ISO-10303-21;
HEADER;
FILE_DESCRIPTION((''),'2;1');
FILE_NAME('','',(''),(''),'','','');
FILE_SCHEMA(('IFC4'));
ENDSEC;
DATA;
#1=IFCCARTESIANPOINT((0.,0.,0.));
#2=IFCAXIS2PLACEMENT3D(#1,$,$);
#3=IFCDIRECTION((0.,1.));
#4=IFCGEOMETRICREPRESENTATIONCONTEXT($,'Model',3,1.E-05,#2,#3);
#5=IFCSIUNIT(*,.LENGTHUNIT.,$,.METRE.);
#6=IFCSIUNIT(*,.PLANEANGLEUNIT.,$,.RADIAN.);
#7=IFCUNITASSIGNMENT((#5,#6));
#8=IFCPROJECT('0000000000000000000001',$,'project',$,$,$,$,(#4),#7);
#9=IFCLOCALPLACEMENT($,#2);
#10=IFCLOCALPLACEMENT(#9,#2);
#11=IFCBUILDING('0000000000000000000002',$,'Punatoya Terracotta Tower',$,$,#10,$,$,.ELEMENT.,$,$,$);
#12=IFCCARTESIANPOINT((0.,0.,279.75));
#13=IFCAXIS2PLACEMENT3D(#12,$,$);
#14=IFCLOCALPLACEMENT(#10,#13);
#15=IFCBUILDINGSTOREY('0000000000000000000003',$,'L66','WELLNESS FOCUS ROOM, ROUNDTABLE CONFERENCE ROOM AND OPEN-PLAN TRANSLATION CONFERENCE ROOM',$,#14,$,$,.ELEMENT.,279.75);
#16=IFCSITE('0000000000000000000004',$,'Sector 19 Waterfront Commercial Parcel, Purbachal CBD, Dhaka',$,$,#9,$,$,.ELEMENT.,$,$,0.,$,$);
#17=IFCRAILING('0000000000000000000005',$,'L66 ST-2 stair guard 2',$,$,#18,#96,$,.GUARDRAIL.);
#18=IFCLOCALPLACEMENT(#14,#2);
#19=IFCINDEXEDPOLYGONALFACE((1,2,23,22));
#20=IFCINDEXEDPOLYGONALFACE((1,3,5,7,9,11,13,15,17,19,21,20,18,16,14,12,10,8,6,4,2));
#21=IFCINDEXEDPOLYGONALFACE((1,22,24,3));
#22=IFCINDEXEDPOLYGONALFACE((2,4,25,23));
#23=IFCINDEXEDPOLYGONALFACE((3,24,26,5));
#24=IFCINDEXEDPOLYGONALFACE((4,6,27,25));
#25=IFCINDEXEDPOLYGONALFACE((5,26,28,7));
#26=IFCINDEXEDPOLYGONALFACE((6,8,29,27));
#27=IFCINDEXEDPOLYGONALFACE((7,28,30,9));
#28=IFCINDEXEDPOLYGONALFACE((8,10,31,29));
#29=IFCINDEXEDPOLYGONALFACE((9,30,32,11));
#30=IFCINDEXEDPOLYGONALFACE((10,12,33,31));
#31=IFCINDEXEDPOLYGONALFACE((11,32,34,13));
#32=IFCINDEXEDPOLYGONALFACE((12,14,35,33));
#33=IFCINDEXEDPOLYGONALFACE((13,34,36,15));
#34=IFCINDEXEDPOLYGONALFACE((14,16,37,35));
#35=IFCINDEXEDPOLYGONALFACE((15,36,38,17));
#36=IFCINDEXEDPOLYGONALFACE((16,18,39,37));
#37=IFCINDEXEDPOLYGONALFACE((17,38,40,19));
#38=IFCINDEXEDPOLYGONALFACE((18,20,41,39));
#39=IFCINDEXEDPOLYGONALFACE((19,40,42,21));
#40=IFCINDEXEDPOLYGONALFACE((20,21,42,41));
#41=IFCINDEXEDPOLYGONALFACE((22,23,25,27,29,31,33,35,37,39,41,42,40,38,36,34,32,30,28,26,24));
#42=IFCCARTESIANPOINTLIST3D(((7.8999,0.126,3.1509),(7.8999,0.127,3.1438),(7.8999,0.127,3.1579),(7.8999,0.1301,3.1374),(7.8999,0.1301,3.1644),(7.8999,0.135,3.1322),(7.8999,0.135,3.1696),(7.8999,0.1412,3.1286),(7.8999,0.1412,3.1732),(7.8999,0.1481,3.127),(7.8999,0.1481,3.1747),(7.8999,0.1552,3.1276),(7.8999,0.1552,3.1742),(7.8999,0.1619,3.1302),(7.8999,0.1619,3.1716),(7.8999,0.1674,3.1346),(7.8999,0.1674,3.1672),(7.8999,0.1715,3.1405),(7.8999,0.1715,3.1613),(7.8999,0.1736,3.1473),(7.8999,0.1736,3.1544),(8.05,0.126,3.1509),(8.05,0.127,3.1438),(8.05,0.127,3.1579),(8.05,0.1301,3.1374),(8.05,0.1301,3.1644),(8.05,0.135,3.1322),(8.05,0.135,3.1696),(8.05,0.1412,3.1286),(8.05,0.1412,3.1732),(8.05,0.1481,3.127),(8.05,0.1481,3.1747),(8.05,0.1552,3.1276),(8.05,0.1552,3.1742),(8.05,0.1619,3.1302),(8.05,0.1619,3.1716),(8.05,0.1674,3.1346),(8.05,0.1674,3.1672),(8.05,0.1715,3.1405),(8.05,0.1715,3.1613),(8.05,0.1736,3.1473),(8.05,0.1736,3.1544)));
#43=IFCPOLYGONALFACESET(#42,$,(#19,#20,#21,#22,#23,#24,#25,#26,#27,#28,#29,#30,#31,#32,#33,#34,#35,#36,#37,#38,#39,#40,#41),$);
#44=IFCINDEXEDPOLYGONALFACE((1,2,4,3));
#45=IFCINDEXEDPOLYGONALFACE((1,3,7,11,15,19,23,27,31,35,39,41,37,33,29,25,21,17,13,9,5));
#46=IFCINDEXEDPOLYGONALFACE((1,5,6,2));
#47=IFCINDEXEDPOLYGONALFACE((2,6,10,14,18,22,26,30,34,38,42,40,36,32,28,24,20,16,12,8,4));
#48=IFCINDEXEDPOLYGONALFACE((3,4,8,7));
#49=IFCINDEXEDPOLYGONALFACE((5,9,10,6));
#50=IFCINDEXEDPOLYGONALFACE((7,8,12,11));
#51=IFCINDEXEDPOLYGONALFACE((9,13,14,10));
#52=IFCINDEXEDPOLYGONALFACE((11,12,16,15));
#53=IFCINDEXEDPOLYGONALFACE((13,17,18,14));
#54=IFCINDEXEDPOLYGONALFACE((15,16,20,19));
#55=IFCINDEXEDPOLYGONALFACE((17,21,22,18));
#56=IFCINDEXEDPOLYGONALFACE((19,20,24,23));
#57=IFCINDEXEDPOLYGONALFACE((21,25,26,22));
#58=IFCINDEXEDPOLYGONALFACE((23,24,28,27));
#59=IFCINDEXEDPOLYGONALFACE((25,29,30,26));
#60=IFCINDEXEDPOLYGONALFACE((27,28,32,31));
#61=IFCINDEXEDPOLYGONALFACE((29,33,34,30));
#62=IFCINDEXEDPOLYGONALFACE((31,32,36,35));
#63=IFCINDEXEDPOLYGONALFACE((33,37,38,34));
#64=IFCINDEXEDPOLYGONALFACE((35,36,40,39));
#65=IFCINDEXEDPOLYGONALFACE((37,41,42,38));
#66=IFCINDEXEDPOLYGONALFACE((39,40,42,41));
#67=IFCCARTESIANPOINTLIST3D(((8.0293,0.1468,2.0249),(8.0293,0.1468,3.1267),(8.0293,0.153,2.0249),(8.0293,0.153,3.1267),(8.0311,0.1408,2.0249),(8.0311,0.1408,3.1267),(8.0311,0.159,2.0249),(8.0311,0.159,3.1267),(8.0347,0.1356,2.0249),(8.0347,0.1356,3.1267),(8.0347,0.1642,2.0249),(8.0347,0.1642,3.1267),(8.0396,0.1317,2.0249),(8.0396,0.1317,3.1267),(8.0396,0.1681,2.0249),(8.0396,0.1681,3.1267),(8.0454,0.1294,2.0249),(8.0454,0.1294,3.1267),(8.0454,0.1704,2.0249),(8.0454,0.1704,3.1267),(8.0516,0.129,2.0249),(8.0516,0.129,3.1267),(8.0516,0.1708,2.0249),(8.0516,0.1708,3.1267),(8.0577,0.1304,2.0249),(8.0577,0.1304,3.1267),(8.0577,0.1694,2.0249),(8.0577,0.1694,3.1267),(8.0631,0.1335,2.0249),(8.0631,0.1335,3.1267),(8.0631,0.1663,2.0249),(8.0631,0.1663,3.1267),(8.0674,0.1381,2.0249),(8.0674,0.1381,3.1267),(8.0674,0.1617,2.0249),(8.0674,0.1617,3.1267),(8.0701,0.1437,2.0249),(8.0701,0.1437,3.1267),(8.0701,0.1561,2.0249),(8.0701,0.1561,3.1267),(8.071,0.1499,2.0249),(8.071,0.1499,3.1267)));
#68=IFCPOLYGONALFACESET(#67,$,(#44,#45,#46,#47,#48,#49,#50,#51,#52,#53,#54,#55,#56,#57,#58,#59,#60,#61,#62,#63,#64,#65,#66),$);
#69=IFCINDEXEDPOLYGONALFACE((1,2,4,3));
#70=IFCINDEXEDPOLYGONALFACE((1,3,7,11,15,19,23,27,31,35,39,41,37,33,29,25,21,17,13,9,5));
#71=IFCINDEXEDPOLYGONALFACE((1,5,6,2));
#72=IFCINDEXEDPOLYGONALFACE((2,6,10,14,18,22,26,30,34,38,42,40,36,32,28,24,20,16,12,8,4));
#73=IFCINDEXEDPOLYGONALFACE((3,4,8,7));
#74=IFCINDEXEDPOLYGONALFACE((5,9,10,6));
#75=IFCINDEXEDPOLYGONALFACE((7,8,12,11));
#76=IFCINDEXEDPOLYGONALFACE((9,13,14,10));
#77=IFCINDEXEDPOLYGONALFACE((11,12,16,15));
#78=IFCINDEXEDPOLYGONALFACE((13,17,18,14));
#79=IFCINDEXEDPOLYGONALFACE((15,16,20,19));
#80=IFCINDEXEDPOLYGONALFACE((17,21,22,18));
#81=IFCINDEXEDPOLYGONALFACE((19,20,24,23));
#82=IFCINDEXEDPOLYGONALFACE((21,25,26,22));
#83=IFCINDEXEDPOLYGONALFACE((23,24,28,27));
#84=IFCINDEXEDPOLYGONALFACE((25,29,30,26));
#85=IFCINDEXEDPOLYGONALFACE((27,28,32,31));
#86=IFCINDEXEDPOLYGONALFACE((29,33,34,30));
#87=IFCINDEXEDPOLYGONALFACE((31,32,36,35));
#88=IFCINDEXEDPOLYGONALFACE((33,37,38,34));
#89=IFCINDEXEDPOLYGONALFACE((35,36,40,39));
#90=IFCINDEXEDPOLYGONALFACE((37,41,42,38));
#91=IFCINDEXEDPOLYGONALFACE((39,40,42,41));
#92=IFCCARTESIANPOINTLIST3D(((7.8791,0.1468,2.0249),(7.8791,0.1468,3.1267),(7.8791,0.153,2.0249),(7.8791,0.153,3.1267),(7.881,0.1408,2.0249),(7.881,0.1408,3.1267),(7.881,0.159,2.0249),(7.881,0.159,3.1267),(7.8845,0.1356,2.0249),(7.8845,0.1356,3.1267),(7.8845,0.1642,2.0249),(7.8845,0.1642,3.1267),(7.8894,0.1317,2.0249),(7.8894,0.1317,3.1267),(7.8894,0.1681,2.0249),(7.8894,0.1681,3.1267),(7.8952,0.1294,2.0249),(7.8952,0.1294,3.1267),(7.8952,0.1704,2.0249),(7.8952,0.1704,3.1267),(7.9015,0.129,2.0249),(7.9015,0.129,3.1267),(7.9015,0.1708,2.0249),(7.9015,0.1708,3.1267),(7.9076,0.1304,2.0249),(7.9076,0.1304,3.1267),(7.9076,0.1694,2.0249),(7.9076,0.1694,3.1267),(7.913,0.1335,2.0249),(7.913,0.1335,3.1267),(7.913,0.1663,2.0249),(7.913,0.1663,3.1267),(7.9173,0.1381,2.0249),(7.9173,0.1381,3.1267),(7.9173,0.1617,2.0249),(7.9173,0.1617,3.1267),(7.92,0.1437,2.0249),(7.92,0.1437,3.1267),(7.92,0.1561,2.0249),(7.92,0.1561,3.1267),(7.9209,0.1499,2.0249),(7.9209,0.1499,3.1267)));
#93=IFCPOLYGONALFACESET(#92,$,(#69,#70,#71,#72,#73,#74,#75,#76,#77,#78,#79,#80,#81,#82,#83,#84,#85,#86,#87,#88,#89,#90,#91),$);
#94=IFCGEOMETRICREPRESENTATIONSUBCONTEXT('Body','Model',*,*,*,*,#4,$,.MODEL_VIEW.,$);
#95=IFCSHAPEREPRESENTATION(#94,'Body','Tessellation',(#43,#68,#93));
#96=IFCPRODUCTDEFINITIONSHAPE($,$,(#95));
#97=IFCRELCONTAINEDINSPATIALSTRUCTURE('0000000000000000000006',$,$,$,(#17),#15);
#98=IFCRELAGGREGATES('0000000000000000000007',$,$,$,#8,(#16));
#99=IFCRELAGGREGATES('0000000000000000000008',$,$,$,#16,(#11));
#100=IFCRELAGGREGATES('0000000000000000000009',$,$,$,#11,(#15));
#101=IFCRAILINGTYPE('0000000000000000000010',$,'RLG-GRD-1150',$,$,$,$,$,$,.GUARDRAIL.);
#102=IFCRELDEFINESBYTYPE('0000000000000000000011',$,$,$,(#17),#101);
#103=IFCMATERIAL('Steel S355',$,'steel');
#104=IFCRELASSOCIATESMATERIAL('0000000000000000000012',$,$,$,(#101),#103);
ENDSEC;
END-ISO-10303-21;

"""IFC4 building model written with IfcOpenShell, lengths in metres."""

from ifc_helpers import new_model, si_unit, direction, frame, origin, origin_2d, place, context, subcontext, project, spatial, circle, extrude, material, type_object, element, save


model = new_model("IFC4")

# Units and contexts
model_context = context("Model", 3, precision=1e-05, world=origin(), true_north=direction((0.0, 1.0)))
body_context = subcontext(model_context, "Body", "Model", "MODEL_VIEW")
ifc_project = project(units=[si_unit("LENGTHUNIT", "METRE"), si_unit("PLANEANGLEUNIT", "RADIAN")], contexts=[model_context])

# Site, building, storey
site_placement = place(None, origin())
site = spatial("IfcSite", under=ifc_project, at=site_placement, Name="Sector 19 Waterfront Commercial Parcel, Purbachal CBD, Dhaka", CompositionType="ELEMENT", RefElevation=0.0)
building_placement = place(site_placement, origin())
building = spatial("IfcBuilding", under=site, at=building_placement, Name="Punatoya Terracotta Tower", CompositionType="ELEMENT")
storey_placement = place(building_placement, frame((0.0, 0.0, 279.75)))
storey = spatial("IfcBuildingStorey", under=building, at=storey_placement, Name="L66", Description="WELLNESS FOCUS ROOM, ROUNDTABLE CONFERENCE ROOM AND OPEN-PLAN TRANSLATION CONFERENCE ROOM", CompositionType="ELEMENT", Elevation=279.75)

# Shared definitions
ifc_material_1 = material(Name="Steel S355", Category="steel")

# Railing
railing_type_1 = type_object("IfcRailingType", Name="RLG-GRD-1150", PredefinedType="GUARDRAIL", material=ifc_material_1)
railing_1_placement = place(storey_placement, frame((8.05, 0.1499, 2.0249)))
element("IfcRailing", 1, at=railing_1_placement, inside=storey, type_object=railing_type_1, Name="L66 ST-2 stair guard 2", PredefinedType="GUARDRAIL", context=body_context, shape_type="SweptSolid", body=[
    extrude(circle(Radius=0.0239, at=origin_2d()), frame((0.0, 0.0, 1.126), z_axis=(-1.0, 0.0, 0.0), x_axis=(0.0, -1.0, 0.0)), (0.0, 0.0, 1.0), 0.1501),
    extrude(circle(Radius=0.021, at=origin_2d()), origin(), (0.0, 0.0, 1.0), 1.1018),
    extrude(circle(Radius=0.021, at=origin_2d()), frame((-0.1501, 0.0, 0.0)), (0.0, 0.0, 1.0), 1.1018),
])

save(model, "model.ifc")
